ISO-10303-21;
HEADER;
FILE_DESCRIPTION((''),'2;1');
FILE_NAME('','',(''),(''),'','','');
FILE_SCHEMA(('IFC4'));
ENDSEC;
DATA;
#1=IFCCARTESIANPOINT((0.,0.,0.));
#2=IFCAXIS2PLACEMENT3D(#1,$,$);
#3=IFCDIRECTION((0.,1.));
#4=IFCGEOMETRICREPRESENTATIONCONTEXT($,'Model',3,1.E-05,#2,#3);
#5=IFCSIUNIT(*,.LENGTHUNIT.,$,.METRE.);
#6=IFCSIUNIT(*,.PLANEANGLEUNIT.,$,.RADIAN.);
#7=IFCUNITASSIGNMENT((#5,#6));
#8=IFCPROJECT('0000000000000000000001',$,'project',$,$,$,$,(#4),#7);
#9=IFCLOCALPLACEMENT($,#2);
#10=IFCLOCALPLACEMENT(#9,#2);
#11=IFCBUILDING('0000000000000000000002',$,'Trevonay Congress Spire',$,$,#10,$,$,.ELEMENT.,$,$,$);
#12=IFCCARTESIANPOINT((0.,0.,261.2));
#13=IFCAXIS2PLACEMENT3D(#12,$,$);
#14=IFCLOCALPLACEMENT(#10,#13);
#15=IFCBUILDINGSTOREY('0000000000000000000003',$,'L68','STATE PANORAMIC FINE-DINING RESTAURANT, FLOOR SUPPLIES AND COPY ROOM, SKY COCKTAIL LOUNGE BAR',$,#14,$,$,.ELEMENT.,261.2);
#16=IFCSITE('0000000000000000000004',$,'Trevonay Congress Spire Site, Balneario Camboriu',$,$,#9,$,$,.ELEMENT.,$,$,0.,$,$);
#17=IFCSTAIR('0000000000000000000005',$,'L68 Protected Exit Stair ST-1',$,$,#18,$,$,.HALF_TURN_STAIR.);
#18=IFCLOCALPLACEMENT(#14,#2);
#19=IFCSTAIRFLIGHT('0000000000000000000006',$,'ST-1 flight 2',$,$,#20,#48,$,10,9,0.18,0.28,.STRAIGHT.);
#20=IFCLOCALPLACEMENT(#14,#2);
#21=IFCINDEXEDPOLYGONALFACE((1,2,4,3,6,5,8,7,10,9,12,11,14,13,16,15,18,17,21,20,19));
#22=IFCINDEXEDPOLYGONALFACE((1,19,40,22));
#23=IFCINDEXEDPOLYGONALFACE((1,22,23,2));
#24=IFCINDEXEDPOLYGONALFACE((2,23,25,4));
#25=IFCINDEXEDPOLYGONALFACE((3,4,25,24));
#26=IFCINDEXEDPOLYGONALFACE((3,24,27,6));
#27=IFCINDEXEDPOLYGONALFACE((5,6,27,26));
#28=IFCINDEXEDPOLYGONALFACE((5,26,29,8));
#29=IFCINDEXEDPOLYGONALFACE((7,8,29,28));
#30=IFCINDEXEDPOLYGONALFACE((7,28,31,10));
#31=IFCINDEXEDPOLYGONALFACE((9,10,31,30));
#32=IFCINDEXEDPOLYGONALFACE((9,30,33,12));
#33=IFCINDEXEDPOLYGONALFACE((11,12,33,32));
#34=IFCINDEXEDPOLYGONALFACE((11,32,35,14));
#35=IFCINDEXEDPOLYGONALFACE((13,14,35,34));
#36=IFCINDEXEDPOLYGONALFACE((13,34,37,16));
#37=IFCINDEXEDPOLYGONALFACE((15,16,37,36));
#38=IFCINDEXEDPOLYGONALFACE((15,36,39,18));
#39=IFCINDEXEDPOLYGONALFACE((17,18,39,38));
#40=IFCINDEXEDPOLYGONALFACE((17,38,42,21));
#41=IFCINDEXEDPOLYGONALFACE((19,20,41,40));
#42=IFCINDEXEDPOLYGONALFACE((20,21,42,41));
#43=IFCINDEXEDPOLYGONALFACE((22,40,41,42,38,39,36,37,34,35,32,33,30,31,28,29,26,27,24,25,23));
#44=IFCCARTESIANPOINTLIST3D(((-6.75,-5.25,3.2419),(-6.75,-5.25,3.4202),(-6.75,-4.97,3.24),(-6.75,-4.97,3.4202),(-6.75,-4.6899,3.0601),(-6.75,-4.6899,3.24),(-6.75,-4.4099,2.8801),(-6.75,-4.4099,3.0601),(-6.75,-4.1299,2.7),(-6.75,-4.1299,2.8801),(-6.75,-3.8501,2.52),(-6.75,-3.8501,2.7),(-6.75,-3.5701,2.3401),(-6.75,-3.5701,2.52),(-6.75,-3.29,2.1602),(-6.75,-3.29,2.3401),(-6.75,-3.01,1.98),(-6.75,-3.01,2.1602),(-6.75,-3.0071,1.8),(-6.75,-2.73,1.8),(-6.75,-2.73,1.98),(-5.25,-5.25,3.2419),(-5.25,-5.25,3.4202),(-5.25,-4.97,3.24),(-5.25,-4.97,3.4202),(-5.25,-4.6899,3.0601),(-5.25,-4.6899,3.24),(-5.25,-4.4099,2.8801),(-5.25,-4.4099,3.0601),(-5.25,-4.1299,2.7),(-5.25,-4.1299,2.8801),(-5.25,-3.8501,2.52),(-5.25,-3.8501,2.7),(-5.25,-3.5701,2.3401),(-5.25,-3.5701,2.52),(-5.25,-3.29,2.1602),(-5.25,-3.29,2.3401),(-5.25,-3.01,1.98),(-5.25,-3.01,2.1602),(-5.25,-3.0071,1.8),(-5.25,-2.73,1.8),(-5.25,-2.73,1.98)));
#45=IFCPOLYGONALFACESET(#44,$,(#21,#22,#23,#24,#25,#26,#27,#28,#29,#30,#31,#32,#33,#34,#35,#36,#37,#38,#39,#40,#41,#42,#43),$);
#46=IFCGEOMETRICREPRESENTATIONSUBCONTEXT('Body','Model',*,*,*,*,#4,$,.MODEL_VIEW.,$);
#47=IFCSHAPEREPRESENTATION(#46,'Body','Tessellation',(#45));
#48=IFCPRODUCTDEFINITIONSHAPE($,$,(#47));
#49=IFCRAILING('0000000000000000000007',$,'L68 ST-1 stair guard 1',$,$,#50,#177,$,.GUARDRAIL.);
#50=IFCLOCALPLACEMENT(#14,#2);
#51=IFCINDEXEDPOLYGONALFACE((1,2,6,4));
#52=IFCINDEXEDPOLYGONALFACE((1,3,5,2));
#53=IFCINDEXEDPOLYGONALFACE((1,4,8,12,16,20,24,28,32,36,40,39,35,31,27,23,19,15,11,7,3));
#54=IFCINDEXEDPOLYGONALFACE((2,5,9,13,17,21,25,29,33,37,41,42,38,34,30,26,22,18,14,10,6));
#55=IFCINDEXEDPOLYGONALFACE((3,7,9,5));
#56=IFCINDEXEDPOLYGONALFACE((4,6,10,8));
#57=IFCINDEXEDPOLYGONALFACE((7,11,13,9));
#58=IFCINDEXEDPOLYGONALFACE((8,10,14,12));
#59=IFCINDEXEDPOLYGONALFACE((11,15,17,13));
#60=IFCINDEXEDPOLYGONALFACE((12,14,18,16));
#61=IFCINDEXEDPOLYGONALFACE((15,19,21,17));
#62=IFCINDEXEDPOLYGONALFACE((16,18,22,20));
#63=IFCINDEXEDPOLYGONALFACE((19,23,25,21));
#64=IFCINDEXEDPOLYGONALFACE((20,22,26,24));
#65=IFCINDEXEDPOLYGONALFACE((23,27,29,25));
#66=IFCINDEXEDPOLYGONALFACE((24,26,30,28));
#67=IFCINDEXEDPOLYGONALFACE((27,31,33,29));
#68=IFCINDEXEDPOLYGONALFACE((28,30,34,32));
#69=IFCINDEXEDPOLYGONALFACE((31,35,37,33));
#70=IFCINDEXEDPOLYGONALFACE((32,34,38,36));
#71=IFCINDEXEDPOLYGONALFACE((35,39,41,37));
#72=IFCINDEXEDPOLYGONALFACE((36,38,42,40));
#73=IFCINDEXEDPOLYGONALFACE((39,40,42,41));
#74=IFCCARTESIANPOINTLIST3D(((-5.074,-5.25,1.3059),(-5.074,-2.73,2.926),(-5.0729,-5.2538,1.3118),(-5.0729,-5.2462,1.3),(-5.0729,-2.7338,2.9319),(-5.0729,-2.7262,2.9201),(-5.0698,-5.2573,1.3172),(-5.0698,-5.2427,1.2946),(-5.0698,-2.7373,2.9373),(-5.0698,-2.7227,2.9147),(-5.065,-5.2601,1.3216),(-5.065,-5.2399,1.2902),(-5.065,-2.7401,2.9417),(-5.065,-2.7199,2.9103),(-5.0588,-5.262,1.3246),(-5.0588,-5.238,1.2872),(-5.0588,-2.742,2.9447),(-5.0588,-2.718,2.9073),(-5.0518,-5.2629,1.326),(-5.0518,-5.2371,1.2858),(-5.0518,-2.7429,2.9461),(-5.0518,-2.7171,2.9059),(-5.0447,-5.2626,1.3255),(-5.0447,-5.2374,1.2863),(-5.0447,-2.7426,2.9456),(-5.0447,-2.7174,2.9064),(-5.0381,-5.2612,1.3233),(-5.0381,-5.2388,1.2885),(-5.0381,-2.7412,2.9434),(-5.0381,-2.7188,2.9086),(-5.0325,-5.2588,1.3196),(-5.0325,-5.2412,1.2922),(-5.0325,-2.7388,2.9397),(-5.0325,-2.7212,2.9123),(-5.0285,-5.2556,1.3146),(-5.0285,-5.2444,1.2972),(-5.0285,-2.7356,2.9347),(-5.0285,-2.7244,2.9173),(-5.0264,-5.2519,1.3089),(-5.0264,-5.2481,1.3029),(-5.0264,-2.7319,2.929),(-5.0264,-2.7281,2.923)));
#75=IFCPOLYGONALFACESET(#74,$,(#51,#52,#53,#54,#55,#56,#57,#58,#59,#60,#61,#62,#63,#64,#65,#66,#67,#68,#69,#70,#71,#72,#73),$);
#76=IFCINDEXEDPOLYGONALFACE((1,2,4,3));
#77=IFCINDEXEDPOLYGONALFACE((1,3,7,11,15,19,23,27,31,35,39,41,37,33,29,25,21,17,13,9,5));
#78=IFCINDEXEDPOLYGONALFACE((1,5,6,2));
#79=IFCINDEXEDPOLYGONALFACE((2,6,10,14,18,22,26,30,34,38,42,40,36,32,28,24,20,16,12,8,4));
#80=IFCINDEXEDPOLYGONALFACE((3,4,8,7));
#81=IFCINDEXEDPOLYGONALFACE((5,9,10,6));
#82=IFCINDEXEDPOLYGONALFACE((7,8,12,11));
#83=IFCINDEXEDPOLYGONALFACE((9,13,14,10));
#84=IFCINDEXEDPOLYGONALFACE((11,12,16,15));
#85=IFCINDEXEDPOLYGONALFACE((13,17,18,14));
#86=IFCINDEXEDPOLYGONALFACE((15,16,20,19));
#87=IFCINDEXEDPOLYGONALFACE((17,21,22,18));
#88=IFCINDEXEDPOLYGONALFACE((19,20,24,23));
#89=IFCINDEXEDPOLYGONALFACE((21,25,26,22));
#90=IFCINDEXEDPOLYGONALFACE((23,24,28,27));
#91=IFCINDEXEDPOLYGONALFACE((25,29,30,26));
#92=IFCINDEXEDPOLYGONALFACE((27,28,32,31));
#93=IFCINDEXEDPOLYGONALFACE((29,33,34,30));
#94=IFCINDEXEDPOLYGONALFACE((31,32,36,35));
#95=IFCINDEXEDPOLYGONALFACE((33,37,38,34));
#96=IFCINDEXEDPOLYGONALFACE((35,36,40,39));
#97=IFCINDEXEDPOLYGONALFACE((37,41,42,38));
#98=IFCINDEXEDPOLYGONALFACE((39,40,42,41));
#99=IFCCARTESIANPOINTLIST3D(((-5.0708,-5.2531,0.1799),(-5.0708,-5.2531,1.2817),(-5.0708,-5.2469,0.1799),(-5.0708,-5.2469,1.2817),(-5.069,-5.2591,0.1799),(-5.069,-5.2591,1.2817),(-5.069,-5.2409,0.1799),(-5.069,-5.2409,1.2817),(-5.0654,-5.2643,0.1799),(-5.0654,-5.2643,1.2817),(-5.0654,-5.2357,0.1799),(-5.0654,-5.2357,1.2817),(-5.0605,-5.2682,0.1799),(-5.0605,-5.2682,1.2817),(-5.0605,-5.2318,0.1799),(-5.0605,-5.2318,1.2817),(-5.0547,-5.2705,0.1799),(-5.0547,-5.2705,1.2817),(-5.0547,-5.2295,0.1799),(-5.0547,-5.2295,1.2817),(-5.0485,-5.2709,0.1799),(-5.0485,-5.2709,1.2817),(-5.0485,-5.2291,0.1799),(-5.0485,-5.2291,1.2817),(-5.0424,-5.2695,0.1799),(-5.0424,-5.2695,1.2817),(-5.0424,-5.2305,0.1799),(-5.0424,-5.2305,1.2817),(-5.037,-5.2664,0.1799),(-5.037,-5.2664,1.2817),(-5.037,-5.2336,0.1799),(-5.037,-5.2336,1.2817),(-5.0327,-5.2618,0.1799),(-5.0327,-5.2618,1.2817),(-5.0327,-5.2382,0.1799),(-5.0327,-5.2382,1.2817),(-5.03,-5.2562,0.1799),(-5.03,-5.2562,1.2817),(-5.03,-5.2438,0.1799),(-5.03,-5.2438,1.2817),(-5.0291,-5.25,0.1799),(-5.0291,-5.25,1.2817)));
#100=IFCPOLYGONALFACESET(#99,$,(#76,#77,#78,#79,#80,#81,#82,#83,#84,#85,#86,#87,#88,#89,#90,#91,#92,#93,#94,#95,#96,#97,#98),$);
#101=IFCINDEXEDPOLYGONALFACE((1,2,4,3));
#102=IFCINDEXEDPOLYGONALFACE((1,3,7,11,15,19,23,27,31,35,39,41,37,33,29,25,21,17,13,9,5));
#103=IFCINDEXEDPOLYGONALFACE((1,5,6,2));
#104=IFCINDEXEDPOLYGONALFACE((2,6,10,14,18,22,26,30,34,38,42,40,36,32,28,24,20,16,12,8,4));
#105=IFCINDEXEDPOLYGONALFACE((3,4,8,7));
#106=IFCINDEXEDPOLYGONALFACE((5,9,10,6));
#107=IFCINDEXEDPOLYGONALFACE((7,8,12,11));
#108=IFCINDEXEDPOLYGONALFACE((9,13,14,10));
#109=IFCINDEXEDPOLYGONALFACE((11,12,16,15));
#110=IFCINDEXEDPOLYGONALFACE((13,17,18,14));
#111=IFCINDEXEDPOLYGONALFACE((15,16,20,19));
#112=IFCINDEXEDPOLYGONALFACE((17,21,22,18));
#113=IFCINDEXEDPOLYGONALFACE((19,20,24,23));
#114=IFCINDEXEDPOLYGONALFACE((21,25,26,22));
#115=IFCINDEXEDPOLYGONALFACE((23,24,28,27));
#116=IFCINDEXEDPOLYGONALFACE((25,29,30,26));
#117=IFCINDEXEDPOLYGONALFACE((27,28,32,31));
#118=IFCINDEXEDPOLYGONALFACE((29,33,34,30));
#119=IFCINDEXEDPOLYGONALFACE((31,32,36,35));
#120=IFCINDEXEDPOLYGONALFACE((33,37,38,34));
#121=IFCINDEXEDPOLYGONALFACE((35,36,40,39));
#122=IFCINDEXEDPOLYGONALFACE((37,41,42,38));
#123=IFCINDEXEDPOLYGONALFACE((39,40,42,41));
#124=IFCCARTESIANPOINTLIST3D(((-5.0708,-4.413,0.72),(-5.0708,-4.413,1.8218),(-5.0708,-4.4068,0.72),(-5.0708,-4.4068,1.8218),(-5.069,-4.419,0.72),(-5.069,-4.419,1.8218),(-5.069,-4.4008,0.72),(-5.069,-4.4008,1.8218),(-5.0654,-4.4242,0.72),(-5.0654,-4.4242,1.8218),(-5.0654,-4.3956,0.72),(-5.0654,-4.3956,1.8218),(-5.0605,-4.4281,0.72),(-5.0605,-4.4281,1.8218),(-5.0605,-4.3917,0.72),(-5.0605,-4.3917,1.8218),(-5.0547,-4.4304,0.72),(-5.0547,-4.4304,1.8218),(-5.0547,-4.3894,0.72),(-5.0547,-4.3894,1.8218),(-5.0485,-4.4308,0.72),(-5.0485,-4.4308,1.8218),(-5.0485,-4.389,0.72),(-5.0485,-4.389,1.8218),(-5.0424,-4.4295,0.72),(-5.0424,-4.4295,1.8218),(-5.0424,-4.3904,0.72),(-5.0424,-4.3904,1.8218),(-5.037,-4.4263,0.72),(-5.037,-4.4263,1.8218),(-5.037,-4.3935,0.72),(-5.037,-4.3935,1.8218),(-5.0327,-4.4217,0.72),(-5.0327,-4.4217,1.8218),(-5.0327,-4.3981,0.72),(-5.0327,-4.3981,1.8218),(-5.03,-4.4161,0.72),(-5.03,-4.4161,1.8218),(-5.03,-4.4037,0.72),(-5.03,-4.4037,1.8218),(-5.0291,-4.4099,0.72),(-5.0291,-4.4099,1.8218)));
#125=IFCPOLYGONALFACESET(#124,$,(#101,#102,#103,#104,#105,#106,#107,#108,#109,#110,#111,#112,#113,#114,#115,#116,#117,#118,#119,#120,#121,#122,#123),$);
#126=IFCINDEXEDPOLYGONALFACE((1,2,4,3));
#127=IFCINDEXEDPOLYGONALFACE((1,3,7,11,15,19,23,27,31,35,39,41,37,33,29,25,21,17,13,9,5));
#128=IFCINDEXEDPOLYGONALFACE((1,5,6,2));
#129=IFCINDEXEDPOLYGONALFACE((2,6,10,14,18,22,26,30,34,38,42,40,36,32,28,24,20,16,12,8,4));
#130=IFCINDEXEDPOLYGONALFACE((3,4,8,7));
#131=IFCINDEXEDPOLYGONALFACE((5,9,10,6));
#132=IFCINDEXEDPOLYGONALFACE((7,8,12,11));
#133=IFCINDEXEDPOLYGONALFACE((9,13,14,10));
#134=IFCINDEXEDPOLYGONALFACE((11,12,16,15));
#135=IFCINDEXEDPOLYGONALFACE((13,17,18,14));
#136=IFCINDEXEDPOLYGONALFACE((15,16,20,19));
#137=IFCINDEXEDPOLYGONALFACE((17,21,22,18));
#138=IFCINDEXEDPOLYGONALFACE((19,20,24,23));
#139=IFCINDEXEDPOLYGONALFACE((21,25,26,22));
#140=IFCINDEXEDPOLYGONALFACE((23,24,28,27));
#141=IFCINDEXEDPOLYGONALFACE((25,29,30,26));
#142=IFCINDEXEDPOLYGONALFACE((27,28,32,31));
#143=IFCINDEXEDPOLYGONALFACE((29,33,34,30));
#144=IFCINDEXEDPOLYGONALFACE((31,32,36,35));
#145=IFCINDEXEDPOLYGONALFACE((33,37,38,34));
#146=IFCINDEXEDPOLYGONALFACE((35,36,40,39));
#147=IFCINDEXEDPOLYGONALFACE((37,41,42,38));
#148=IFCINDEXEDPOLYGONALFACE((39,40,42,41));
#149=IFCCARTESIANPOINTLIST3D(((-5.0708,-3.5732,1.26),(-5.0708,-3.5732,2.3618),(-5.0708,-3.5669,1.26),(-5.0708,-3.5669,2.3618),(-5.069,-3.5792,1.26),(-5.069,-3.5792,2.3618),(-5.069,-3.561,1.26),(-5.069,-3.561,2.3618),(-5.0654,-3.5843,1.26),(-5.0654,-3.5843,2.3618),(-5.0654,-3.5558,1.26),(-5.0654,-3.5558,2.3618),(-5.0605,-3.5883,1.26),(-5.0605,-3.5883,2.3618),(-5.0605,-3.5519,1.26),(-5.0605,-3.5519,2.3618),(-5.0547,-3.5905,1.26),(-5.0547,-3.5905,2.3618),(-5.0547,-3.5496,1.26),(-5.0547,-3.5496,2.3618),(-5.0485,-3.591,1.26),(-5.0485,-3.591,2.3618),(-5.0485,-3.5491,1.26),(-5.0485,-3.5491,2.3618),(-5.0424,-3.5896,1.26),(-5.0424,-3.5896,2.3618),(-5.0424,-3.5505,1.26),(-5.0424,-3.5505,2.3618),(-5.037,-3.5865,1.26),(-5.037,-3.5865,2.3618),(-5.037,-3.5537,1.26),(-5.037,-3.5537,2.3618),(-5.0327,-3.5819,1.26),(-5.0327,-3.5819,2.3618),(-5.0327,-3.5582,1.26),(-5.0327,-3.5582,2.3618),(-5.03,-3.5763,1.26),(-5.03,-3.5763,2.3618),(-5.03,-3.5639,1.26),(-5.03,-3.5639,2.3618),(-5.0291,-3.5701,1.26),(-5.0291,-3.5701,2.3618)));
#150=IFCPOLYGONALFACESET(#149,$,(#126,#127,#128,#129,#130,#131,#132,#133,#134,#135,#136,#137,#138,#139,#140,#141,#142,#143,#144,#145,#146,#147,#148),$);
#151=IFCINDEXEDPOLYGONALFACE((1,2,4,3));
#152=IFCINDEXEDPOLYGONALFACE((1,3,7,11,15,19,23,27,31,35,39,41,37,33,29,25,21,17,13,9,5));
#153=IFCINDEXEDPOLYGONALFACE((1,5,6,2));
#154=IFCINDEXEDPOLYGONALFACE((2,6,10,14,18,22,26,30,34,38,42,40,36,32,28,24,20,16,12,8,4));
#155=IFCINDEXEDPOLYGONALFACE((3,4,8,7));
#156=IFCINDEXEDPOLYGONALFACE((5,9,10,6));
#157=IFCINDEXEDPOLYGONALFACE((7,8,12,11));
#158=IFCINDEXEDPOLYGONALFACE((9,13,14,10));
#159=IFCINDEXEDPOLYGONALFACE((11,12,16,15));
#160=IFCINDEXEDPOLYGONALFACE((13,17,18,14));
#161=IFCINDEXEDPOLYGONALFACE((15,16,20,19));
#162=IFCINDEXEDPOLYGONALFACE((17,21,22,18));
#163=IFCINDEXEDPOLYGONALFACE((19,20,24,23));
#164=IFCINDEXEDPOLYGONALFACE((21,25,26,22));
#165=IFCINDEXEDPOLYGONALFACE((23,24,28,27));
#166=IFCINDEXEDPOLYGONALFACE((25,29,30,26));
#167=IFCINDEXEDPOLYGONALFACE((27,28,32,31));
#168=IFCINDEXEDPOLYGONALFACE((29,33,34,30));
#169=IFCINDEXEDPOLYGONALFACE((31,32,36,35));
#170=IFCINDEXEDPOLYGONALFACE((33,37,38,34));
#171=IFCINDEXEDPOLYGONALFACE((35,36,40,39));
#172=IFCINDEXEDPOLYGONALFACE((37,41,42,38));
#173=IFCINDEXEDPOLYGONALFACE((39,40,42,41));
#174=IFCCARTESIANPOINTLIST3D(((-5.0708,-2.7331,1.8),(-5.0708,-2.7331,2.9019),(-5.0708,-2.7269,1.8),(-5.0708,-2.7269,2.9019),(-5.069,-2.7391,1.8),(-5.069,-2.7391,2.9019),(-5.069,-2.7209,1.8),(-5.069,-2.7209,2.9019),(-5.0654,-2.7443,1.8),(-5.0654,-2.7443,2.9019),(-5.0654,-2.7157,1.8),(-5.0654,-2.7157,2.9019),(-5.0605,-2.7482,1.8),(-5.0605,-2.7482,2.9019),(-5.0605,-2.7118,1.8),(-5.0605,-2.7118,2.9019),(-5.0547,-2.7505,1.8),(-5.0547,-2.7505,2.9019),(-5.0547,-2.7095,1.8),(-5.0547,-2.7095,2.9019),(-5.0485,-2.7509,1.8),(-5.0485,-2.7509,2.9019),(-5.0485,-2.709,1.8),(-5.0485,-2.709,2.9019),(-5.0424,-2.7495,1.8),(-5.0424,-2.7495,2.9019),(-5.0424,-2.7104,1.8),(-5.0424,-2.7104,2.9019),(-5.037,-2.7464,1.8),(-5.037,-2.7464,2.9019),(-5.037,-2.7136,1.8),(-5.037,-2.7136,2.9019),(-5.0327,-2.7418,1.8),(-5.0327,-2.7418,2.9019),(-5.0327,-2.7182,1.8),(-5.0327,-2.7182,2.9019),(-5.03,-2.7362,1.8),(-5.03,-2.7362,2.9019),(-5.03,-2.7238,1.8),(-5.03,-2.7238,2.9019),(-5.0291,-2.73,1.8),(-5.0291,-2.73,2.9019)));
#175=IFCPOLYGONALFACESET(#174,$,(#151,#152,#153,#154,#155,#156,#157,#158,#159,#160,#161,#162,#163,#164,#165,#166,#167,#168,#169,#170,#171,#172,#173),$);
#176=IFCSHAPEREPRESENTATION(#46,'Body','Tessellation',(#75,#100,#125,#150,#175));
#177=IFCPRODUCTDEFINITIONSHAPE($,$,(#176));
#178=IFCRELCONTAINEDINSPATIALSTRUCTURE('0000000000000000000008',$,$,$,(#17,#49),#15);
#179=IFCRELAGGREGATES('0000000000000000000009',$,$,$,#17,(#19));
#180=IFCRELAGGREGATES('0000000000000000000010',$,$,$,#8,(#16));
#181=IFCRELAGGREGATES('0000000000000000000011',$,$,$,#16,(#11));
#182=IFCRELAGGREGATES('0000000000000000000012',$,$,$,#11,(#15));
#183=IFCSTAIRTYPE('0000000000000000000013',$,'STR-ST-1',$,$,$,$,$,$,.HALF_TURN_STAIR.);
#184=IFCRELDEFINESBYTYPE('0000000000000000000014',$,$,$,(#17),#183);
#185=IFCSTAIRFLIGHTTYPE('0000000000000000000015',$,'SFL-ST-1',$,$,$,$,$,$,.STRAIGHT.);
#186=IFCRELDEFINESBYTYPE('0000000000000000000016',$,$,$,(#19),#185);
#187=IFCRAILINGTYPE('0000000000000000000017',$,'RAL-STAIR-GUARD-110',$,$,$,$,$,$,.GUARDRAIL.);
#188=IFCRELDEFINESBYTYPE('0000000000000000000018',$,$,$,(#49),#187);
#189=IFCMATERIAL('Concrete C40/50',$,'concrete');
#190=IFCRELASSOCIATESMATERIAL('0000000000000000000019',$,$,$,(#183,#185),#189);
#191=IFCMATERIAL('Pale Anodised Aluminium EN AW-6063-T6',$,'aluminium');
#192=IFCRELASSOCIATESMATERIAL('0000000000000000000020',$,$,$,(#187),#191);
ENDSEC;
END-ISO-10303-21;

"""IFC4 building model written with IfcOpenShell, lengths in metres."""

from ifc_helpers import new_model, si_unit, direction, frame, origin, origin_2d, place, context, subcontext, project, spatial, polyline, circle, outline, extrude, material, type_object, element, aggregate, save


model = new_model("IFC4")

# Units and contexts
model_context = context("Model", 3, precision=1e-05, world=origin(), true_north=direction((0.0, 1.0)))
body_context = subcontext(model_context, "Body", "Model", "MODEL_VIEW")
ifc_project = project(units=[si_unit("LENGTHUNIT", "METRE"), si_unit("PLANEANGLEUNIT", "RADIAN")], contexts=[model_context])

# Site, building, storey
site_placement = place(None, origin())
site = spatial("IfcSite", under=ifc_project, at=site_placement, Name="Trevonay Congress Spire Site, Balneario Camboriu", CompositionType="ELEMENT", RefElevation=0.0)
building_placement = place(site_placement, origin())
building = spatial("IfcBuilding", under=site, at=building_placement, Name="Trevonay Congress Spire", CompositionType="ELEMENT")
storey_placement = place(building_placement, frame((0.0, 0.0, 261.2)))
storey = spatial("IfcBuildingStorey", under=building, at=storey_placement, Name="L68", Description="STATE PANORAMIC FINE-DINING RESTAURANT, FLOOR SUPPLIES AND COPY ROOM, SKY COCKTAIL LOUNGE BAR", CompositionType="ELEMENT", Elevation=261.2)

# Shared definitions
ifc_material_1 = material(Name="Concrete C40/50", Category="concrete")

# Stair, stair flight
stair_type = type_object("IfcStairType", Name="STR-ST-1", PredefinedType="HALF_TURN_STAIR", material=ifc_material_1)
stair_placement = place(storey_placement, origin())
stair = element("IfcStair", 1, at=stair_placement, inside=storey, type_object=stair_type, Name="L68 Protected Exit Stair ST-1", PredefinedType="HALF_TURN_STAIR")
stair_flight_type = type_object("IfcStairFlightType", Name="SFL-ST-1", PredefinedType="STRAIGHT", material=ifc_material_1)
stair_flight_1_placement = place(storey_placement, frame((-6.0, -2.73, 1.8), z_axis=(0.0, 0.0, 1.0), x_axis=(0.0, -1.0, 0.0)))
stair_flight_1 = element("IfcStairFlight", 2, at=stair_flight_1_placement, type_object=stair_flight_type, Name="ST-1 flight 2", NumberOfRisers=10, NumberOfTreads=9, PredefinedType="STRAIGHT", RiserHeight=0.18, TreadLength=0.28, context=body_context, shape_type="SweptSolid", body=[
    extrude(outline(polyline([(0.0, 0.0), (0.0, 0.1799), (0.28, 0.1799), (0.28, 0.3601), (0.5601, 0.3601), (0.5601, 0.54), (0.8401, 0.54), (0.8401, 0.72), (1.1201, 0.72), (1.1201, 0.8999), (1.3999, 0.8999), (1.3999, 1.0801), (1.6799, 1.0801), (1.6799, 1.26), (1.96, 1.26), (1.96, 1.4399), (2.24, 1.4399), (2.24, 1.6201), (2.52, 1.6201), (2.52, 1.8), (2.52, 1.4419), (0.2771, 0.0), (0.0, 0.0)])), frame((0.0, 0.75, 0.0), z_axis=(0.0, -1.0, 0.0), x_axis=(1.0, 0.0, 0.0)), (0.0, 0.0, 1.0), 1.5),
])
aggregate(stair, [stair_flight_1])

# Railing
ifc_material_2 = material(Name="Pale Anodised Aluminium EN AW-6063-T6", Category="aluminium")
railing_type_1 = type_object("IfcRailingType", Name="RAL-STAIR-GUARD-110", PredefinedType="GUARDRAIL", material=ifc_material_2)
railing_1_placement = place(storey_placement, frame((-5.05, -5.25, 0.1799)))
element("IfcRailing", 3, at=railing_1_placement, inside=storey, type_object=railing_type_1, Name="L68 ST-1 stair guard 1", PredefinedType="GUARDRAIL", context=body_context, shape_type="SweptSolid", body=[
    extrude(circle(Radius=0.0239, at=origin_2d()), frame((0.0, 0.0, 1.126), z_axis=(0.0, 0.841163, 0.540782), x_axis=(-1.0, 0.0, 0.0)), (0.0, 0.0, 1.0), 2.9958),
    extrude(circle(Radius=0.021, at=origin_2d()), origin(), (0.0, 0.0, 1.0), 1.1018),
    extrude(circle(Radius=0.021, at=origin_2d()), frame((0.0, 0.8401, 0.54)), (0.0, 0.0, 1.0), 1.1018),
    extrude(circle(Radius=0.021, at=origin_2d()), frame((0.0, 1.6799, 1.0801)), (0.0, 0.0, 1.0), 1.1018),
    extrude(circle(Radius=0.021, at=origin_2d()), frame((0.0, 2.52, 1.6201)), (0.0, 0.0, 1.0), 1.1018),
])

save(model, "model.ifc")
